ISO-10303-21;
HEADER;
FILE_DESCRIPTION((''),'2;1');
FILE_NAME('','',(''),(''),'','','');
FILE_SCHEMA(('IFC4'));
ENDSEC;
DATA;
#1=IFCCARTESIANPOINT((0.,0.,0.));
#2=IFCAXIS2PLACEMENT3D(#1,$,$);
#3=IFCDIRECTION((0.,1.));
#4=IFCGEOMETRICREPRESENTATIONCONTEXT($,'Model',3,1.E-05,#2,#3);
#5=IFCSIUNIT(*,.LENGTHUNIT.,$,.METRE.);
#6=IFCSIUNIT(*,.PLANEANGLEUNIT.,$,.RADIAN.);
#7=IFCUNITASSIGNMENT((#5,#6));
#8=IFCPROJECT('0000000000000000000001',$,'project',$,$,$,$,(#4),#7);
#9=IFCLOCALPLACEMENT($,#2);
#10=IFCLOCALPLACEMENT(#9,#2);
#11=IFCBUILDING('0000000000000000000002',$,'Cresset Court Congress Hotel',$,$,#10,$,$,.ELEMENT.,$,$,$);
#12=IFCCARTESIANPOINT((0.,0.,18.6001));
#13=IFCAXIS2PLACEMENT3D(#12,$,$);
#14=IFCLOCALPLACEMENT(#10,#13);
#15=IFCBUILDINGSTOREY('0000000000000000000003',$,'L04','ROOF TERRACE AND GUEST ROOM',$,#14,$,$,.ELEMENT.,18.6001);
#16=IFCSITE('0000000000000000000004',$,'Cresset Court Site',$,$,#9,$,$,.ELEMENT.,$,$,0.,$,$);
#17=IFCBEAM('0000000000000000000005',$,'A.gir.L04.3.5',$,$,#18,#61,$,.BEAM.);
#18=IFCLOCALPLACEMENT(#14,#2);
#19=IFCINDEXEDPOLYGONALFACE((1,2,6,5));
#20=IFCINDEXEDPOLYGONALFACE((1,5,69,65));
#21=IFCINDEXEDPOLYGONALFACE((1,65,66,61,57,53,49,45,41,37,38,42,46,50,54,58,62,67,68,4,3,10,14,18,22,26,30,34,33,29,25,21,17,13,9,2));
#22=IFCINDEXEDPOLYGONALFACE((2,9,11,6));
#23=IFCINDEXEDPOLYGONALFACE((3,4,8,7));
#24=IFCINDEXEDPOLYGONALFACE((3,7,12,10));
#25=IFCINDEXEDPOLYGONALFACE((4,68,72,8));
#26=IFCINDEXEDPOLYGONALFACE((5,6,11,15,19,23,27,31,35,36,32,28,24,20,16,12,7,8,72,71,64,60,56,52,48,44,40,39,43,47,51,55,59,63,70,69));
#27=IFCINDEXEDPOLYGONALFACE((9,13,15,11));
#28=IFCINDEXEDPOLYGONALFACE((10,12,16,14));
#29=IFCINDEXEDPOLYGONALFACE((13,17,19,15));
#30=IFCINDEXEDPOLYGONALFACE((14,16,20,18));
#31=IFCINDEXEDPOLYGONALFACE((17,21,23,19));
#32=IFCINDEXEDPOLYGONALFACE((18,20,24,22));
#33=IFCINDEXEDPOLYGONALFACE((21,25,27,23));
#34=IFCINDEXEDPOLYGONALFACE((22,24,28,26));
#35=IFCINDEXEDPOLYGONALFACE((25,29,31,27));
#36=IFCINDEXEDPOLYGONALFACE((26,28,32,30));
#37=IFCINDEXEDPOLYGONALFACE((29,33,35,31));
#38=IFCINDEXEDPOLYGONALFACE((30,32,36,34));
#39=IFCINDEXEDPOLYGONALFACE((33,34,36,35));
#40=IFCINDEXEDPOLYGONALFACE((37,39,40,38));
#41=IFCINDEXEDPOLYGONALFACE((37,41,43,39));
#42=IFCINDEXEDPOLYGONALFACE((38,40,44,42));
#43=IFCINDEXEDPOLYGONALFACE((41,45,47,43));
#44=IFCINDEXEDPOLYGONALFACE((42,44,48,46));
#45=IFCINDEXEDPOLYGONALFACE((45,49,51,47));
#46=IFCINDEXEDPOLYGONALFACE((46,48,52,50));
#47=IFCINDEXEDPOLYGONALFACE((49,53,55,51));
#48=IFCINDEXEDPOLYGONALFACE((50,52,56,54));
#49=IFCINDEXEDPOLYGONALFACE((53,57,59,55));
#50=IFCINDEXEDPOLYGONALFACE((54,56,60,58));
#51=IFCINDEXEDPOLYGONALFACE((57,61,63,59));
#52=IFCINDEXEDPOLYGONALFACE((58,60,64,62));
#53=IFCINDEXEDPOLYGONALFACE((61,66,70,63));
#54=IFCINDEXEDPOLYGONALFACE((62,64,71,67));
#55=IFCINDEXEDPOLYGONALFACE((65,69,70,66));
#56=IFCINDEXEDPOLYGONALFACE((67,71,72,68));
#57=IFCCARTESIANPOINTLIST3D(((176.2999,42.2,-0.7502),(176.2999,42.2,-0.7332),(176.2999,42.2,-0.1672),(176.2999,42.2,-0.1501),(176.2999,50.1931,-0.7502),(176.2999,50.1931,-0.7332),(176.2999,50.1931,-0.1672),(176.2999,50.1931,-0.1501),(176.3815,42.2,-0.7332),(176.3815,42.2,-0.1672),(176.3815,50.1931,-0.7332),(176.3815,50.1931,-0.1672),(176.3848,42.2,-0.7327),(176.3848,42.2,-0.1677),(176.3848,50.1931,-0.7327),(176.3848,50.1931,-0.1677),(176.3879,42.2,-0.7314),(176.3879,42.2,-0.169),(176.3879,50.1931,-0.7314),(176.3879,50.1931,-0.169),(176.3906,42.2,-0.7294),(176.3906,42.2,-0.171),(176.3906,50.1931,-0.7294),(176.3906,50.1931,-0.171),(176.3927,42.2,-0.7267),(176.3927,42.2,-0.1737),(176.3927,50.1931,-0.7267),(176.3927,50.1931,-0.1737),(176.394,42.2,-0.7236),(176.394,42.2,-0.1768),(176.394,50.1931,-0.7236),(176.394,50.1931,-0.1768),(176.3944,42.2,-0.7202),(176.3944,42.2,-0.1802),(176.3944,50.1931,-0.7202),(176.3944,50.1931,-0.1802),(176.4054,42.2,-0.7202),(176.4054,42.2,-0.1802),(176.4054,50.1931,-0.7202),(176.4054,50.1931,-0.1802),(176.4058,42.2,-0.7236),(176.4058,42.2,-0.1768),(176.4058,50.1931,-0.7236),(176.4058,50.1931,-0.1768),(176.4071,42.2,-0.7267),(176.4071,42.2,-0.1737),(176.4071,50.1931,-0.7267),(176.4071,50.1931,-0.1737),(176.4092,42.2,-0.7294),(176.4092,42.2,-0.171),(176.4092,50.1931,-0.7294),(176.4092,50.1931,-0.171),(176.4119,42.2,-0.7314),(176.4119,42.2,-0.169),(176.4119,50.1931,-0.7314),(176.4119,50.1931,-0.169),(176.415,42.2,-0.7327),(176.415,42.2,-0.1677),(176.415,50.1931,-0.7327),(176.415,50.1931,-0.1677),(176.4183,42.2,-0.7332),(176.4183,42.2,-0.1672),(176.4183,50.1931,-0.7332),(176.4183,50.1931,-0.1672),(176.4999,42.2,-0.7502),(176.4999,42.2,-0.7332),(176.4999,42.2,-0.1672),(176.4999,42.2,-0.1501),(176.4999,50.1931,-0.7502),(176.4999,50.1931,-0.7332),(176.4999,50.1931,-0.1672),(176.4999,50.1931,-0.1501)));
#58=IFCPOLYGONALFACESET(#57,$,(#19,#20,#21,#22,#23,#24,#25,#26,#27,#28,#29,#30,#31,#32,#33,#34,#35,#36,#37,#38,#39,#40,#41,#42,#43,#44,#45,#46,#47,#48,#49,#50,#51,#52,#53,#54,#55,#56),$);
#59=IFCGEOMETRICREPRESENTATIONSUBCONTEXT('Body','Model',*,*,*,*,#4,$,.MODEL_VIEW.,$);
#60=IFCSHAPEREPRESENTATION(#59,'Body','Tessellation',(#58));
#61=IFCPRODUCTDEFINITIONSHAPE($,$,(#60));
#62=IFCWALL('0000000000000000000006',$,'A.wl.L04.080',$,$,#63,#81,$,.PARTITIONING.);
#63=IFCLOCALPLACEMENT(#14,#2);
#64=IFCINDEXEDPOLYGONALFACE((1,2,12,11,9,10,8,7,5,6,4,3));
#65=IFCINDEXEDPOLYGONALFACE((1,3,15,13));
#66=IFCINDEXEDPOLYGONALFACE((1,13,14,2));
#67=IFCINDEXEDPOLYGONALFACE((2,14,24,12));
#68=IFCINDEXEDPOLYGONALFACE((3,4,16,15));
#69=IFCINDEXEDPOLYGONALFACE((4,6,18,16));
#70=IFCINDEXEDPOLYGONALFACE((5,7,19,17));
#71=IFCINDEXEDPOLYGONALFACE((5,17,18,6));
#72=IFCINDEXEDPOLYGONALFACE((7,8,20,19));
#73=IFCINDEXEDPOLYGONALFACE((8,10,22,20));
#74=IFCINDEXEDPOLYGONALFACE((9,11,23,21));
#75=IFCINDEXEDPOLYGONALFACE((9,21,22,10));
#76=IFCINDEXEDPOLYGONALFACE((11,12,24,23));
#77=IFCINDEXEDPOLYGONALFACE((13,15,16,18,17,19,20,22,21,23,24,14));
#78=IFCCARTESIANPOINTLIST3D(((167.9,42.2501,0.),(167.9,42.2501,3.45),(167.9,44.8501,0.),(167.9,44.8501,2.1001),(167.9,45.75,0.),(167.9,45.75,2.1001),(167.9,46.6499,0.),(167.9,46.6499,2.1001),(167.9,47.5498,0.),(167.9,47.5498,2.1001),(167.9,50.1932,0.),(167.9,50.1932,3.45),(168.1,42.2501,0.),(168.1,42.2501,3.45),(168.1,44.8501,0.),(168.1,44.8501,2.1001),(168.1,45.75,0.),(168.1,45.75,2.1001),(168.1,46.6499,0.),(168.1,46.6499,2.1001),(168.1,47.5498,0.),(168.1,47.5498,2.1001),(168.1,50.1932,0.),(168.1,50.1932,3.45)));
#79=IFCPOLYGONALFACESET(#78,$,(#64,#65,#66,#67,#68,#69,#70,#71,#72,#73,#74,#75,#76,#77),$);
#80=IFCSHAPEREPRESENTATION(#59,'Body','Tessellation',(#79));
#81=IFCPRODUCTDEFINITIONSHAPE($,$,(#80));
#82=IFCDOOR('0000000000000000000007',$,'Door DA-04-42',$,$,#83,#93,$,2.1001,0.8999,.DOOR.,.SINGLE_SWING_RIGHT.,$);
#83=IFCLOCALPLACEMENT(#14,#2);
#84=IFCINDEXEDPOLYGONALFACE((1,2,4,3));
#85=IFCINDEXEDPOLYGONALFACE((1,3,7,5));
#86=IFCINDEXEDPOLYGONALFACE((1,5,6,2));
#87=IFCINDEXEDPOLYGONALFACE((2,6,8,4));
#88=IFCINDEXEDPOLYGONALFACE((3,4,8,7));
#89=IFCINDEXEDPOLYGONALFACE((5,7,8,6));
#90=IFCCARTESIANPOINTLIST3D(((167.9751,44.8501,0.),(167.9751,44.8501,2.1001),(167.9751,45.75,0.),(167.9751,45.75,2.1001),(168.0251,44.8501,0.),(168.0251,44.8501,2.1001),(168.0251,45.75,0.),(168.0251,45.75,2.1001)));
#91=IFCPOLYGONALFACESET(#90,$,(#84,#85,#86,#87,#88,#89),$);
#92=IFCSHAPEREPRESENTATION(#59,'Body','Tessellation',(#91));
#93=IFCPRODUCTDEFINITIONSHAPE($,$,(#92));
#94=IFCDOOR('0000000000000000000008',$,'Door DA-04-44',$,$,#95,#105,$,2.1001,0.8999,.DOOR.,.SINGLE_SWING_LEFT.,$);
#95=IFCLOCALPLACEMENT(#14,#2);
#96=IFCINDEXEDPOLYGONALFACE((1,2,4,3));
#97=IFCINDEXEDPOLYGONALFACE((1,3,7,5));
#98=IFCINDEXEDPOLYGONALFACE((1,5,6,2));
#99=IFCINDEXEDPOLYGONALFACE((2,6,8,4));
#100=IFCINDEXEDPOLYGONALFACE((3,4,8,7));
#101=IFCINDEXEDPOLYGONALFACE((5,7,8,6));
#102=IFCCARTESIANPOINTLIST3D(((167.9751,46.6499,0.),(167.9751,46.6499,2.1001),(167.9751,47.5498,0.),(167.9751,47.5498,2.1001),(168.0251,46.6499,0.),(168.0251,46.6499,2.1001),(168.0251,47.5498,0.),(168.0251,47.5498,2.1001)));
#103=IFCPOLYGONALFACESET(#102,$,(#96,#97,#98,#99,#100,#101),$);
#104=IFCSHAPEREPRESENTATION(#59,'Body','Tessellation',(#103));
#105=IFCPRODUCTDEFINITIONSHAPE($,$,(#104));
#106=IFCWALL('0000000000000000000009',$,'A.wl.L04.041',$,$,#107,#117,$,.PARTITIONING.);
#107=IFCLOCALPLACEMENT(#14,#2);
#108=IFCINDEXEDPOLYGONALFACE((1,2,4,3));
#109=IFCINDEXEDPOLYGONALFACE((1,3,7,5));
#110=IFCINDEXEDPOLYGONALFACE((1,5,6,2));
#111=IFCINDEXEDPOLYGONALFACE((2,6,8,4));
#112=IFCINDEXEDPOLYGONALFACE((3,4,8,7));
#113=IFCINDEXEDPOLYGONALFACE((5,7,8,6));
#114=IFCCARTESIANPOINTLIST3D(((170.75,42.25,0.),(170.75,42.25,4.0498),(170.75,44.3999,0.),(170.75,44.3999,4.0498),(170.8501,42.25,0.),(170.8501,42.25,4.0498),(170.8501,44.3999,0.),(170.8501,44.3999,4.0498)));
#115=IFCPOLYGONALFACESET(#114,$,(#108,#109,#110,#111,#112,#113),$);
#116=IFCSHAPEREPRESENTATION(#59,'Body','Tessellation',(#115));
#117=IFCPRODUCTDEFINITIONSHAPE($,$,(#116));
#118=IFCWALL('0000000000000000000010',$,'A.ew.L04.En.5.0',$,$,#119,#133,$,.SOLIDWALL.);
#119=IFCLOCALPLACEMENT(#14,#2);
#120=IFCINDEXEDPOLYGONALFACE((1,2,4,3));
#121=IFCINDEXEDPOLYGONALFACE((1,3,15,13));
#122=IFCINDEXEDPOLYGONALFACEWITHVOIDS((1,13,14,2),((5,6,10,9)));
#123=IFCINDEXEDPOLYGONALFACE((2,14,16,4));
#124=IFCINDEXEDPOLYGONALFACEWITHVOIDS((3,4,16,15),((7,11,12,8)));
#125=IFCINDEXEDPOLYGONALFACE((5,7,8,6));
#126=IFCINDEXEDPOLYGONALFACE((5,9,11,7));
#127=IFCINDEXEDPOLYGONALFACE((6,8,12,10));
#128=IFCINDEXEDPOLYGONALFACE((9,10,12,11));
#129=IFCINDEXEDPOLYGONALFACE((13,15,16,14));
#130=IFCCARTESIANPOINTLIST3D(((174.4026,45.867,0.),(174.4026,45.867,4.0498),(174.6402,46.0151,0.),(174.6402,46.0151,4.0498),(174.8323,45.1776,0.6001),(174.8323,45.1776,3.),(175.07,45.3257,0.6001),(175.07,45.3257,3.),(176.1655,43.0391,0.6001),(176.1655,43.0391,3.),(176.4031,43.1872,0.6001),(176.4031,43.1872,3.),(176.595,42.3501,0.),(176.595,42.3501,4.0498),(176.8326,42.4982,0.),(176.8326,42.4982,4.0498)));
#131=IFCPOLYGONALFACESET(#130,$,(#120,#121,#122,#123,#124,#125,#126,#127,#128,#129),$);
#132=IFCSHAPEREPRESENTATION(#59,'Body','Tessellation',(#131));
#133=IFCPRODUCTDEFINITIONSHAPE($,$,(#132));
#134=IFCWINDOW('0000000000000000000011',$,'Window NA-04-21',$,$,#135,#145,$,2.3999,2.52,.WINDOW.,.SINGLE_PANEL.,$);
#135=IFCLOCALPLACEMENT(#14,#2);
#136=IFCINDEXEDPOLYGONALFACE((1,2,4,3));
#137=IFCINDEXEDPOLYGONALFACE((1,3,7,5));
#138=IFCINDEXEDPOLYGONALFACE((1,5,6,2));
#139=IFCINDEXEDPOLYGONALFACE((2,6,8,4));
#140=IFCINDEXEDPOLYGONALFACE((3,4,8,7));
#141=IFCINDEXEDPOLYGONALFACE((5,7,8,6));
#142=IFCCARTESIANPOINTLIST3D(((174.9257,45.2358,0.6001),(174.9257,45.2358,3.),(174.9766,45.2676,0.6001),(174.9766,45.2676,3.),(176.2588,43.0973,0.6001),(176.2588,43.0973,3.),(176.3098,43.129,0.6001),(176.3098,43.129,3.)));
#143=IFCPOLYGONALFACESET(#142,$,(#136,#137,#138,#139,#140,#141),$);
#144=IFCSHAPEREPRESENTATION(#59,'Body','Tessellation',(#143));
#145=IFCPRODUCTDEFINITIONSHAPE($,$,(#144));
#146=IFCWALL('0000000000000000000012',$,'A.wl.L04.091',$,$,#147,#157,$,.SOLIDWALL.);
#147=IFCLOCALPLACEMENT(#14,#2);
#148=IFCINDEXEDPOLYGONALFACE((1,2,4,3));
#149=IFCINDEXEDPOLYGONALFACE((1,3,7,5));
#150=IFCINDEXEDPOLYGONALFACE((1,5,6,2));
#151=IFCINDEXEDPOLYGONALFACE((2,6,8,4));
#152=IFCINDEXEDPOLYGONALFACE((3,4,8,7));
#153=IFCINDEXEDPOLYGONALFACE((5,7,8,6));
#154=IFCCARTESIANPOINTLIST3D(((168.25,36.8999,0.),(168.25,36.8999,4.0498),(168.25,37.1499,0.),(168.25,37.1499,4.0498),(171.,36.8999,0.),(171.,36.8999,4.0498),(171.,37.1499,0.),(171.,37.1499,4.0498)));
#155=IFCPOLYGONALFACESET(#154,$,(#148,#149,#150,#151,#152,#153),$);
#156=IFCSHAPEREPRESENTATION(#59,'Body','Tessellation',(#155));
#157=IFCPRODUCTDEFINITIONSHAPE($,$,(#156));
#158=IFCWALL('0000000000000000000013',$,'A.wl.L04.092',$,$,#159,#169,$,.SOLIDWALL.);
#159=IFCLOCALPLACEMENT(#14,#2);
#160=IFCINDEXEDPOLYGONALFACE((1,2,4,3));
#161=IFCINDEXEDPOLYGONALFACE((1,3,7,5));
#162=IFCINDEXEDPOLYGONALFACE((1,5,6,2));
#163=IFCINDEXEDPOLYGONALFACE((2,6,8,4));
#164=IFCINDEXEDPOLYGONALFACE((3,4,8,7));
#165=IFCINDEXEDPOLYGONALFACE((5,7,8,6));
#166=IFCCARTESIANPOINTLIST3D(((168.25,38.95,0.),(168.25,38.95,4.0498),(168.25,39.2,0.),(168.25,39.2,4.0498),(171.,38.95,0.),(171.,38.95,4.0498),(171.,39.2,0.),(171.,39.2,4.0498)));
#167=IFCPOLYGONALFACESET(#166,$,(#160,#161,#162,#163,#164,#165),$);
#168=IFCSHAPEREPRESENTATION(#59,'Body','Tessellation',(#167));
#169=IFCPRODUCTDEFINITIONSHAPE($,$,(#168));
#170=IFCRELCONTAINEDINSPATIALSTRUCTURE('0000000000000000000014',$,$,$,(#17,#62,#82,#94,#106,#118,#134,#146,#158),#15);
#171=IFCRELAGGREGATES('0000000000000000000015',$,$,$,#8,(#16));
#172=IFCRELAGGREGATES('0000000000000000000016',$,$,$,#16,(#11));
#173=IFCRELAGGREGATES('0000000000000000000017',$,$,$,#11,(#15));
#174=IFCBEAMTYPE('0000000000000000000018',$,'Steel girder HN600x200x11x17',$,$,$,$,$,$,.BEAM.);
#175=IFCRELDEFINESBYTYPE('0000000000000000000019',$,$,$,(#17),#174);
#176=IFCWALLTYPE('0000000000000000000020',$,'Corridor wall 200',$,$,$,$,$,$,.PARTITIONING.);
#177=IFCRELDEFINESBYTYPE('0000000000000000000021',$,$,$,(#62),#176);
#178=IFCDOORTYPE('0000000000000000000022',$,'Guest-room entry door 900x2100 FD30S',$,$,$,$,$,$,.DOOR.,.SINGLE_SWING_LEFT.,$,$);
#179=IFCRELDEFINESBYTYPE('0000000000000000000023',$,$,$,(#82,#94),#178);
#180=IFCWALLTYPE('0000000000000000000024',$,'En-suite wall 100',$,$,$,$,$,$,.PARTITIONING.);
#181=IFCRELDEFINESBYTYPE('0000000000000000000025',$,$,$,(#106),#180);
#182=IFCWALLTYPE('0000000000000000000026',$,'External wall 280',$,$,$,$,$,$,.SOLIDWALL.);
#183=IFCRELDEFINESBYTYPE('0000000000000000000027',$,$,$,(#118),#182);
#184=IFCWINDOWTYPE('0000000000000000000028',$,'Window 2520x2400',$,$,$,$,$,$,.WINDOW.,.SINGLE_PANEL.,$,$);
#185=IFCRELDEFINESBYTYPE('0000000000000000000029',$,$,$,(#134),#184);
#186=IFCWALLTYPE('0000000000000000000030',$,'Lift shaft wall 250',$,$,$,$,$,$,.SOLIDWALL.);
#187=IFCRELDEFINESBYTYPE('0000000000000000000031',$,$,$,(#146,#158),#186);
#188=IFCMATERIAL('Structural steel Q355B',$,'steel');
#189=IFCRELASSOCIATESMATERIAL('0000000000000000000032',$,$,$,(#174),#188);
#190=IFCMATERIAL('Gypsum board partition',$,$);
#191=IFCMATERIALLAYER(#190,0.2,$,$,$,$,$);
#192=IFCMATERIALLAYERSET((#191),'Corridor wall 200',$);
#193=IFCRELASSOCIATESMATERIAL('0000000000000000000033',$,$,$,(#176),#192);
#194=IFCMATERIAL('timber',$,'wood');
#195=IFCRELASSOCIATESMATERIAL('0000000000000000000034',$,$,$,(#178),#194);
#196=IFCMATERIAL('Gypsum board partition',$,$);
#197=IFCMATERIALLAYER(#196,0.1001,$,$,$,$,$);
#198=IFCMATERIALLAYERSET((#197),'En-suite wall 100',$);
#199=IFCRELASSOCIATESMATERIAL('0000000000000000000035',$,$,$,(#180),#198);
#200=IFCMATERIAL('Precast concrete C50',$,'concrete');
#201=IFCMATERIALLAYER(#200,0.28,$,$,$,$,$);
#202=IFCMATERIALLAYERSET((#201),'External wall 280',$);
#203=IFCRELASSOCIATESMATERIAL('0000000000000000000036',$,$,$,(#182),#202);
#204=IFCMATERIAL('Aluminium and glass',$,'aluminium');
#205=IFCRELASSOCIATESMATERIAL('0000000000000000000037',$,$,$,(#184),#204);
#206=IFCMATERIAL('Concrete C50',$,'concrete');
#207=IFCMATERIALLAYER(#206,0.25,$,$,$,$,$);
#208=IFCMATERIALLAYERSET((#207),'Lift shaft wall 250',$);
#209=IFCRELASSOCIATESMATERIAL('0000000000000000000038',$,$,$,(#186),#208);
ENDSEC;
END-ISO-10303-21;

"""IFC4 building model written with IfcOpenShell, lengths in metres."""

from ifc_helpers import new_model, si_unit, direction, frame, frame_2d, origin, origin_2d, place, context, subcontext, project, spatial, rectangle, i_section, extrude, material, layer, layer_set, material_profile, profile_set, type_object, element, fill, save


model = new_model("IFC4")

# Units and contexts
model_context = context("Model", 3, precision=1e-05, world=origin(), true_north=direction((0.0, 1.0)))
body_context = subcontext(model_context, "Body", "Model", "MODEL_VIEW")
ifc_project = project(units=[si_unit("LENGTHUNIT", "METRE"), si_unit("PLANEANGLEUNIT", "RADIAN")], contexts=[model_context])

# Site, building, storey
site_placement = place(None, origin())
site = spatial("IfcSite", under=ifc_project, at=site_placement, Name="Cresset Court Site", CompositionType="ELEMENT", RefElevation=0.0)
building_placement = place(site_placement, origin())
building = spatial("IfcBuilding", under=site, at=building_placement, Name="Cresset Court Congress Hotel", CompositionType="ELEMENT")
storey_placement = place(building_placement, frame((0.0, 0.0, 18.6001)))
storey = spatial("IfcBuildingStorey", under=building, at=storey_placement, Name="L04", Description="ROOF TERRACE AND GUEST ROOM", CompositionType="ELEMENT", Elevation=18.6001)

# Beam
ifc_material_1 = material(Name="Structural steel Q355B", Category="steel")
ifc_material_profile = material_profile(ifc_material_1, i_section(OverallWidth=0.2, OverallDepth=0.6001, WebThickness=0.011, FlangeThickness=0.0171, FilletRadius=0.0129, at=origin_2d()), Name="HN600x200x11x17")
ifc_profile_set = profile_set([ifc_material_profile], Name="Structural steel Q355B")
beam_type = type_object("IfcBeamType", Name="Steel girder HN600x200x11x17", PredefinedType="BEAM", material=ifc_profile_set)
beam_placement = place(storey_placement, frame((176.3999, 42.2, -0.4502), z_axis=(0.0, 1.0, 0.0), x_axis=(-1.0, 0.0, 0.0)))
element("IfcBeam", 1, at=beam_placement, inside=storey, type_object=beam_type, Name="A.gir.L04.3.5", PredefinedType="BEAM", context=body_context, shape_type="SweptSolid", body=[
    extrude(i_section(OverallWidth=0.2, OverallDepth=0.6001, WebThickness=0.011, FlangeThickness=0.0171, FilletRadius=0.0129, at=origin_2d()), origin(), (0.0, 0.0, 1.0), 7.9932),
])

# Wall, openings, doors
ifc_material_2 = material(Name="Gypsum board partition")
ifc_layer_1 = layer(ifc_material_2, 0.2)
ifc_layer_set_1 = layer_set([ifc_layer_1], Name="Corridor wall 200")
wall_type_1 = type_object("IfcWallType", Name="Corridor wall 200", PredefinedType="PARTITIONING", material=ifc_layer_set_1)
wall_1_placement = place(storey_placement, frame((168.0, 42.25, 0.0), z_axis=(0.0, 0.0, 1.0), x_axis=(0.0, 1.0, 0.0)))
wall_1 = element("IfcWall", 2, at=wall_1_placement, inside=storey, type_object=wall_type_1, Name="A.wl.L04.080", PredefinedType="PARTITIONING", context=body_context, shape_type="SweptSolid", body=[
    extrude(rectangle(XDim=7.9431, YDim=0.2, at=frame_2d((3.9717, 0.0))), origin(), (0.0, 0.0, 1.0), 3.45),
])
opening_1_placement = place(wall_1_placement, frame((2.6001, 0.0, 0.0)))
opening_1 = element("IfcOpeningElement", 3, at=opening_1_placement, cuts=wall_1, PredefinedType="OPENING", context=body_context, shape_type="SweptSolid", body=[
    extrude(rectangle(XDim=0.8999, YDim=2.1001, at=frame_2d((0.45, 1.05))), frame((0.0, 0.1099, 0.0), z_axis=(0.0, -1.0, 0.0), x_axis=(1.0, 0.0, 0.0)), (0.0, 0.0, 1.0), 0.22),
])
opening_2_placement = place(wall_1_placement, frame((4.3999, 0.0, 0.0)))
opening_2 = element("IfcOpeningElement", 4, at=opening_2_placement, cuts=wall_1, PredefinedType="OPENING", context=body_context, shape_type="SweptSolid", body=[
    extrude(rectangle(XDim=0.8999, YDim=2.1001, at=frame_2d((0.45, 1.05))), frame((0.0, 0.1099, 0.0), z_axis=(0.0, -1.0, 0.0), x_axis=(1.0, 0.0, 0.0)), (0.0, 0.0, 1.0), 0.22),
])
ifc_material_3 = material(Name="timber", Category="wood")
door_type = type_object("IfcDoorType", Name="Guest-room entry door 900x2100 FD30S", OperationType="SINGLE_SWING_LEFT", PredefinedType="DOOR", material=ifc_material_3)
door_1_placement = place(opening_1_placement, origin())
door_1 = element("IfcDoor", 5, at=door_1_placement, inside=storey, type_object=door_type, Name="Door DA-04-42", OperationType="SINGLE_SWING_RIGHT", OverallHeight=2.1001, OverallWidth=0.8999, PredefinedType="DOOR", context=body_context, shape_type="SweptSolid", body=[
    extrude(rectangle(XDim=0.8999, YDim=2.1001, at=frame_2d((0.45, 1.05))), frame((0.0, 0.0249, 0.0), z_axis=(0.0, -1.0, 0.0), x_axis=(1.0, 0.0, 0.0)), (0.0, 0.0, 1.0), 0.05),
])
fill(opening_1, door_1)
door_2_placement = place(opening_2_placement, origin())
door_2 = element("IfcDoor", 6, at=door_2_placement, inside=storey, type_object=door_type, Name="Door DA-04-44", OperationType="SINGLE_SWING_LEFT", OverallHeight=2.1001, OverallWidth=0.8999, PredefinedType="DOOR", context=body_context, shape_type="SweptSolid", body=[
    extrude(rectangle(XDim=0.8999, YDim=2.1001, at=frame_2d((0.45, 1.05))), frame((0.0, 0.0249, 0.0), z_axis=(0.0, -1.0, 0.0), x_axis=(1.0, 0.0, 0.0)), (0.0, 0.0, 1.0), 0.05),
])
fill(opening_2, door_2)

# Wall
ifc_material_4 = material(Name="Gypsum board partition")
ifc_layer_2 = layer(ifc_material_4, 0.1001)
ifc_layer_set_2 = layer_set([ifc_layer_2], Name="En-suite wall 100")
wall_type_2 = type_object("IfcWallType", Name="En-suite wall 100", PredefinedType="PARTITIONING", material=ifc_layer_set_2)
wall_2_placement = place(storey_placement, frame((170.8, 42.25, 0.0), z_axis=(0.0, 0.0, 1.0), x_axis=(0.0, 1.0, 0.0)))
element("IfcWall", 7, at=wall_2_placement, inside=storey, type_object=wall_type_2, Name="A.wl.L04.041", PredefinedType="PARTITIONING", context=body_context, shape_type="SweptSolid", body=[
    extrude(rectangle(XDim=2.1499, YDim=0.1001, at=frame_2d((1.075, 0.0))), origin(), (0.0, 0.0, 1.0), 4.0498),
])

# Wall, opening, window
ifc_material_5 = material(Name="Precast concrete C50", Category="concrete")
ifc_layer_3 = layer(ifc_material_5, 0.28)
ifc_layer_set_3 = layer_set([ifc_layer_3], Name="External wall 280")
wall_type_3 = type_object("IfcWallType", Name="External wall 280", PredefinedType="SOLIDWALL", material=ifc_layer_set_3)
wall_3_placement = place(storey_placement, frame((176.7139, 42.4241, 0.0), z_axis=(0.0, 0.0, 1.0), x_axis=(-0.529019, 0.84861, 0.0)))
wall_3 = element("IfcWall", 8, at=wall_3_placement, inside=storey, type_object=wall_type_3, Name="A.ew.L04.En.5.0", PredefinedType="SOLIDWALL", context=body_context, shape_type="SweptSolid", body=[
    extrude(rectangle(XDim=4.1443, YDim=0.28, at=frame_2d((2.0723, 0.0))), origin(), (0.0, 0.0, 1.0), 4.0498),
])
opening_3_placement = place(wall_3_placement, frame((0.812, 0.0, 0.6001)))
opening_3 = element("IfcOpeningElement", 9, at=opening_3_placement, cuts=wall_3, PredefinedType="OPENING", context=body_context, shape_type="SweptSolid", body=[
    extrude(rectangle(XDim=2.52, YDim=2.3999, at=frame_2d((1.26, 1.2))), frame((0.0, 0.1499, 0.0), z_axis=(0.0, -1.0, 0.0), x_axis=(1.0, 0.0, 0.0)), (0.0, 0.0, 1.0), 0.3),
])
ifc_material_6 = material(Name="Aluminium and glass", Category="aluminium")
window_type = type_object("IfcWindowType", Name="Window 2520x2400", PartitioningType="SINGLE_PANEL", PredefinedType="WINDOW", material=ifc_material_6)
window_placement = place(opening_3_placement, origin())
window = element("IfcWindow", 10, at=window_placement, inside=storey, type_object=window_type, Name="Window NA-04-21", OverallHeight=2.3999, OverallWidth=2.52, PartitioningType="SINGLE_PANEL", PredefinedType="WINDOW", context=body_context, shape_type="SweptSolid", body=[
    extrude(rectangle(XDim=2.52, YDim=2.3999, at=frame_2d((1.26, 1.2))), frame((0.0, 0.03, 0.0), z_axis=(0.0, -1.0, 0.0), x_axis=(1.0, 0.0, 0.0)), (0.0, 0.0, 1.0), 0.0601),
])
fill(opening_3, window)

# Walls
ifc_material_7 = material(Name="Concrete C50", Category="concrete")
ifc_layer_4 = layer(ifc_material_7, 0.25)
ifc_layer_set_4 = layer_set([ifc_layer_4], Name="Lift shaft wall 250")
wall_type_4 = type_object("IfcWallType", Name="Lift shaft wall 250", PredefinedType="SOLIDWALL", material=ifc_layer_set_4)
for number, where, z_axis, x_axis, name in (
    (11, (168.25, 37.0249, 0.0), (0.0, 0.0, 1.0), (1.0, 0.0, 0.0), "A.wl.L04.091"),
    (12, (168.25, 39.075, 0.0), (0.0, 0.0, 1.0), (1.0, 0.0, 0.0), "A.wl.L04.092"),
):
    element("IfcWall", number, at=place(storey_placement, frame(where, z_axis=z_axis, x_axis=x_axis)), inside=storey, type_object=wall_type_4, Name=name, PredefinedType="SOLIDWALL", context=body_context, shape_type="SweptSolid", body=[
        extrude(rectangle(XDim=2.75, YDim=0.25, at=frame_2d((1.375, 0.0))), origin(), (0.0, 0.0, 1.0), 4.0498),
    ])

save(model, "model.ifc")
